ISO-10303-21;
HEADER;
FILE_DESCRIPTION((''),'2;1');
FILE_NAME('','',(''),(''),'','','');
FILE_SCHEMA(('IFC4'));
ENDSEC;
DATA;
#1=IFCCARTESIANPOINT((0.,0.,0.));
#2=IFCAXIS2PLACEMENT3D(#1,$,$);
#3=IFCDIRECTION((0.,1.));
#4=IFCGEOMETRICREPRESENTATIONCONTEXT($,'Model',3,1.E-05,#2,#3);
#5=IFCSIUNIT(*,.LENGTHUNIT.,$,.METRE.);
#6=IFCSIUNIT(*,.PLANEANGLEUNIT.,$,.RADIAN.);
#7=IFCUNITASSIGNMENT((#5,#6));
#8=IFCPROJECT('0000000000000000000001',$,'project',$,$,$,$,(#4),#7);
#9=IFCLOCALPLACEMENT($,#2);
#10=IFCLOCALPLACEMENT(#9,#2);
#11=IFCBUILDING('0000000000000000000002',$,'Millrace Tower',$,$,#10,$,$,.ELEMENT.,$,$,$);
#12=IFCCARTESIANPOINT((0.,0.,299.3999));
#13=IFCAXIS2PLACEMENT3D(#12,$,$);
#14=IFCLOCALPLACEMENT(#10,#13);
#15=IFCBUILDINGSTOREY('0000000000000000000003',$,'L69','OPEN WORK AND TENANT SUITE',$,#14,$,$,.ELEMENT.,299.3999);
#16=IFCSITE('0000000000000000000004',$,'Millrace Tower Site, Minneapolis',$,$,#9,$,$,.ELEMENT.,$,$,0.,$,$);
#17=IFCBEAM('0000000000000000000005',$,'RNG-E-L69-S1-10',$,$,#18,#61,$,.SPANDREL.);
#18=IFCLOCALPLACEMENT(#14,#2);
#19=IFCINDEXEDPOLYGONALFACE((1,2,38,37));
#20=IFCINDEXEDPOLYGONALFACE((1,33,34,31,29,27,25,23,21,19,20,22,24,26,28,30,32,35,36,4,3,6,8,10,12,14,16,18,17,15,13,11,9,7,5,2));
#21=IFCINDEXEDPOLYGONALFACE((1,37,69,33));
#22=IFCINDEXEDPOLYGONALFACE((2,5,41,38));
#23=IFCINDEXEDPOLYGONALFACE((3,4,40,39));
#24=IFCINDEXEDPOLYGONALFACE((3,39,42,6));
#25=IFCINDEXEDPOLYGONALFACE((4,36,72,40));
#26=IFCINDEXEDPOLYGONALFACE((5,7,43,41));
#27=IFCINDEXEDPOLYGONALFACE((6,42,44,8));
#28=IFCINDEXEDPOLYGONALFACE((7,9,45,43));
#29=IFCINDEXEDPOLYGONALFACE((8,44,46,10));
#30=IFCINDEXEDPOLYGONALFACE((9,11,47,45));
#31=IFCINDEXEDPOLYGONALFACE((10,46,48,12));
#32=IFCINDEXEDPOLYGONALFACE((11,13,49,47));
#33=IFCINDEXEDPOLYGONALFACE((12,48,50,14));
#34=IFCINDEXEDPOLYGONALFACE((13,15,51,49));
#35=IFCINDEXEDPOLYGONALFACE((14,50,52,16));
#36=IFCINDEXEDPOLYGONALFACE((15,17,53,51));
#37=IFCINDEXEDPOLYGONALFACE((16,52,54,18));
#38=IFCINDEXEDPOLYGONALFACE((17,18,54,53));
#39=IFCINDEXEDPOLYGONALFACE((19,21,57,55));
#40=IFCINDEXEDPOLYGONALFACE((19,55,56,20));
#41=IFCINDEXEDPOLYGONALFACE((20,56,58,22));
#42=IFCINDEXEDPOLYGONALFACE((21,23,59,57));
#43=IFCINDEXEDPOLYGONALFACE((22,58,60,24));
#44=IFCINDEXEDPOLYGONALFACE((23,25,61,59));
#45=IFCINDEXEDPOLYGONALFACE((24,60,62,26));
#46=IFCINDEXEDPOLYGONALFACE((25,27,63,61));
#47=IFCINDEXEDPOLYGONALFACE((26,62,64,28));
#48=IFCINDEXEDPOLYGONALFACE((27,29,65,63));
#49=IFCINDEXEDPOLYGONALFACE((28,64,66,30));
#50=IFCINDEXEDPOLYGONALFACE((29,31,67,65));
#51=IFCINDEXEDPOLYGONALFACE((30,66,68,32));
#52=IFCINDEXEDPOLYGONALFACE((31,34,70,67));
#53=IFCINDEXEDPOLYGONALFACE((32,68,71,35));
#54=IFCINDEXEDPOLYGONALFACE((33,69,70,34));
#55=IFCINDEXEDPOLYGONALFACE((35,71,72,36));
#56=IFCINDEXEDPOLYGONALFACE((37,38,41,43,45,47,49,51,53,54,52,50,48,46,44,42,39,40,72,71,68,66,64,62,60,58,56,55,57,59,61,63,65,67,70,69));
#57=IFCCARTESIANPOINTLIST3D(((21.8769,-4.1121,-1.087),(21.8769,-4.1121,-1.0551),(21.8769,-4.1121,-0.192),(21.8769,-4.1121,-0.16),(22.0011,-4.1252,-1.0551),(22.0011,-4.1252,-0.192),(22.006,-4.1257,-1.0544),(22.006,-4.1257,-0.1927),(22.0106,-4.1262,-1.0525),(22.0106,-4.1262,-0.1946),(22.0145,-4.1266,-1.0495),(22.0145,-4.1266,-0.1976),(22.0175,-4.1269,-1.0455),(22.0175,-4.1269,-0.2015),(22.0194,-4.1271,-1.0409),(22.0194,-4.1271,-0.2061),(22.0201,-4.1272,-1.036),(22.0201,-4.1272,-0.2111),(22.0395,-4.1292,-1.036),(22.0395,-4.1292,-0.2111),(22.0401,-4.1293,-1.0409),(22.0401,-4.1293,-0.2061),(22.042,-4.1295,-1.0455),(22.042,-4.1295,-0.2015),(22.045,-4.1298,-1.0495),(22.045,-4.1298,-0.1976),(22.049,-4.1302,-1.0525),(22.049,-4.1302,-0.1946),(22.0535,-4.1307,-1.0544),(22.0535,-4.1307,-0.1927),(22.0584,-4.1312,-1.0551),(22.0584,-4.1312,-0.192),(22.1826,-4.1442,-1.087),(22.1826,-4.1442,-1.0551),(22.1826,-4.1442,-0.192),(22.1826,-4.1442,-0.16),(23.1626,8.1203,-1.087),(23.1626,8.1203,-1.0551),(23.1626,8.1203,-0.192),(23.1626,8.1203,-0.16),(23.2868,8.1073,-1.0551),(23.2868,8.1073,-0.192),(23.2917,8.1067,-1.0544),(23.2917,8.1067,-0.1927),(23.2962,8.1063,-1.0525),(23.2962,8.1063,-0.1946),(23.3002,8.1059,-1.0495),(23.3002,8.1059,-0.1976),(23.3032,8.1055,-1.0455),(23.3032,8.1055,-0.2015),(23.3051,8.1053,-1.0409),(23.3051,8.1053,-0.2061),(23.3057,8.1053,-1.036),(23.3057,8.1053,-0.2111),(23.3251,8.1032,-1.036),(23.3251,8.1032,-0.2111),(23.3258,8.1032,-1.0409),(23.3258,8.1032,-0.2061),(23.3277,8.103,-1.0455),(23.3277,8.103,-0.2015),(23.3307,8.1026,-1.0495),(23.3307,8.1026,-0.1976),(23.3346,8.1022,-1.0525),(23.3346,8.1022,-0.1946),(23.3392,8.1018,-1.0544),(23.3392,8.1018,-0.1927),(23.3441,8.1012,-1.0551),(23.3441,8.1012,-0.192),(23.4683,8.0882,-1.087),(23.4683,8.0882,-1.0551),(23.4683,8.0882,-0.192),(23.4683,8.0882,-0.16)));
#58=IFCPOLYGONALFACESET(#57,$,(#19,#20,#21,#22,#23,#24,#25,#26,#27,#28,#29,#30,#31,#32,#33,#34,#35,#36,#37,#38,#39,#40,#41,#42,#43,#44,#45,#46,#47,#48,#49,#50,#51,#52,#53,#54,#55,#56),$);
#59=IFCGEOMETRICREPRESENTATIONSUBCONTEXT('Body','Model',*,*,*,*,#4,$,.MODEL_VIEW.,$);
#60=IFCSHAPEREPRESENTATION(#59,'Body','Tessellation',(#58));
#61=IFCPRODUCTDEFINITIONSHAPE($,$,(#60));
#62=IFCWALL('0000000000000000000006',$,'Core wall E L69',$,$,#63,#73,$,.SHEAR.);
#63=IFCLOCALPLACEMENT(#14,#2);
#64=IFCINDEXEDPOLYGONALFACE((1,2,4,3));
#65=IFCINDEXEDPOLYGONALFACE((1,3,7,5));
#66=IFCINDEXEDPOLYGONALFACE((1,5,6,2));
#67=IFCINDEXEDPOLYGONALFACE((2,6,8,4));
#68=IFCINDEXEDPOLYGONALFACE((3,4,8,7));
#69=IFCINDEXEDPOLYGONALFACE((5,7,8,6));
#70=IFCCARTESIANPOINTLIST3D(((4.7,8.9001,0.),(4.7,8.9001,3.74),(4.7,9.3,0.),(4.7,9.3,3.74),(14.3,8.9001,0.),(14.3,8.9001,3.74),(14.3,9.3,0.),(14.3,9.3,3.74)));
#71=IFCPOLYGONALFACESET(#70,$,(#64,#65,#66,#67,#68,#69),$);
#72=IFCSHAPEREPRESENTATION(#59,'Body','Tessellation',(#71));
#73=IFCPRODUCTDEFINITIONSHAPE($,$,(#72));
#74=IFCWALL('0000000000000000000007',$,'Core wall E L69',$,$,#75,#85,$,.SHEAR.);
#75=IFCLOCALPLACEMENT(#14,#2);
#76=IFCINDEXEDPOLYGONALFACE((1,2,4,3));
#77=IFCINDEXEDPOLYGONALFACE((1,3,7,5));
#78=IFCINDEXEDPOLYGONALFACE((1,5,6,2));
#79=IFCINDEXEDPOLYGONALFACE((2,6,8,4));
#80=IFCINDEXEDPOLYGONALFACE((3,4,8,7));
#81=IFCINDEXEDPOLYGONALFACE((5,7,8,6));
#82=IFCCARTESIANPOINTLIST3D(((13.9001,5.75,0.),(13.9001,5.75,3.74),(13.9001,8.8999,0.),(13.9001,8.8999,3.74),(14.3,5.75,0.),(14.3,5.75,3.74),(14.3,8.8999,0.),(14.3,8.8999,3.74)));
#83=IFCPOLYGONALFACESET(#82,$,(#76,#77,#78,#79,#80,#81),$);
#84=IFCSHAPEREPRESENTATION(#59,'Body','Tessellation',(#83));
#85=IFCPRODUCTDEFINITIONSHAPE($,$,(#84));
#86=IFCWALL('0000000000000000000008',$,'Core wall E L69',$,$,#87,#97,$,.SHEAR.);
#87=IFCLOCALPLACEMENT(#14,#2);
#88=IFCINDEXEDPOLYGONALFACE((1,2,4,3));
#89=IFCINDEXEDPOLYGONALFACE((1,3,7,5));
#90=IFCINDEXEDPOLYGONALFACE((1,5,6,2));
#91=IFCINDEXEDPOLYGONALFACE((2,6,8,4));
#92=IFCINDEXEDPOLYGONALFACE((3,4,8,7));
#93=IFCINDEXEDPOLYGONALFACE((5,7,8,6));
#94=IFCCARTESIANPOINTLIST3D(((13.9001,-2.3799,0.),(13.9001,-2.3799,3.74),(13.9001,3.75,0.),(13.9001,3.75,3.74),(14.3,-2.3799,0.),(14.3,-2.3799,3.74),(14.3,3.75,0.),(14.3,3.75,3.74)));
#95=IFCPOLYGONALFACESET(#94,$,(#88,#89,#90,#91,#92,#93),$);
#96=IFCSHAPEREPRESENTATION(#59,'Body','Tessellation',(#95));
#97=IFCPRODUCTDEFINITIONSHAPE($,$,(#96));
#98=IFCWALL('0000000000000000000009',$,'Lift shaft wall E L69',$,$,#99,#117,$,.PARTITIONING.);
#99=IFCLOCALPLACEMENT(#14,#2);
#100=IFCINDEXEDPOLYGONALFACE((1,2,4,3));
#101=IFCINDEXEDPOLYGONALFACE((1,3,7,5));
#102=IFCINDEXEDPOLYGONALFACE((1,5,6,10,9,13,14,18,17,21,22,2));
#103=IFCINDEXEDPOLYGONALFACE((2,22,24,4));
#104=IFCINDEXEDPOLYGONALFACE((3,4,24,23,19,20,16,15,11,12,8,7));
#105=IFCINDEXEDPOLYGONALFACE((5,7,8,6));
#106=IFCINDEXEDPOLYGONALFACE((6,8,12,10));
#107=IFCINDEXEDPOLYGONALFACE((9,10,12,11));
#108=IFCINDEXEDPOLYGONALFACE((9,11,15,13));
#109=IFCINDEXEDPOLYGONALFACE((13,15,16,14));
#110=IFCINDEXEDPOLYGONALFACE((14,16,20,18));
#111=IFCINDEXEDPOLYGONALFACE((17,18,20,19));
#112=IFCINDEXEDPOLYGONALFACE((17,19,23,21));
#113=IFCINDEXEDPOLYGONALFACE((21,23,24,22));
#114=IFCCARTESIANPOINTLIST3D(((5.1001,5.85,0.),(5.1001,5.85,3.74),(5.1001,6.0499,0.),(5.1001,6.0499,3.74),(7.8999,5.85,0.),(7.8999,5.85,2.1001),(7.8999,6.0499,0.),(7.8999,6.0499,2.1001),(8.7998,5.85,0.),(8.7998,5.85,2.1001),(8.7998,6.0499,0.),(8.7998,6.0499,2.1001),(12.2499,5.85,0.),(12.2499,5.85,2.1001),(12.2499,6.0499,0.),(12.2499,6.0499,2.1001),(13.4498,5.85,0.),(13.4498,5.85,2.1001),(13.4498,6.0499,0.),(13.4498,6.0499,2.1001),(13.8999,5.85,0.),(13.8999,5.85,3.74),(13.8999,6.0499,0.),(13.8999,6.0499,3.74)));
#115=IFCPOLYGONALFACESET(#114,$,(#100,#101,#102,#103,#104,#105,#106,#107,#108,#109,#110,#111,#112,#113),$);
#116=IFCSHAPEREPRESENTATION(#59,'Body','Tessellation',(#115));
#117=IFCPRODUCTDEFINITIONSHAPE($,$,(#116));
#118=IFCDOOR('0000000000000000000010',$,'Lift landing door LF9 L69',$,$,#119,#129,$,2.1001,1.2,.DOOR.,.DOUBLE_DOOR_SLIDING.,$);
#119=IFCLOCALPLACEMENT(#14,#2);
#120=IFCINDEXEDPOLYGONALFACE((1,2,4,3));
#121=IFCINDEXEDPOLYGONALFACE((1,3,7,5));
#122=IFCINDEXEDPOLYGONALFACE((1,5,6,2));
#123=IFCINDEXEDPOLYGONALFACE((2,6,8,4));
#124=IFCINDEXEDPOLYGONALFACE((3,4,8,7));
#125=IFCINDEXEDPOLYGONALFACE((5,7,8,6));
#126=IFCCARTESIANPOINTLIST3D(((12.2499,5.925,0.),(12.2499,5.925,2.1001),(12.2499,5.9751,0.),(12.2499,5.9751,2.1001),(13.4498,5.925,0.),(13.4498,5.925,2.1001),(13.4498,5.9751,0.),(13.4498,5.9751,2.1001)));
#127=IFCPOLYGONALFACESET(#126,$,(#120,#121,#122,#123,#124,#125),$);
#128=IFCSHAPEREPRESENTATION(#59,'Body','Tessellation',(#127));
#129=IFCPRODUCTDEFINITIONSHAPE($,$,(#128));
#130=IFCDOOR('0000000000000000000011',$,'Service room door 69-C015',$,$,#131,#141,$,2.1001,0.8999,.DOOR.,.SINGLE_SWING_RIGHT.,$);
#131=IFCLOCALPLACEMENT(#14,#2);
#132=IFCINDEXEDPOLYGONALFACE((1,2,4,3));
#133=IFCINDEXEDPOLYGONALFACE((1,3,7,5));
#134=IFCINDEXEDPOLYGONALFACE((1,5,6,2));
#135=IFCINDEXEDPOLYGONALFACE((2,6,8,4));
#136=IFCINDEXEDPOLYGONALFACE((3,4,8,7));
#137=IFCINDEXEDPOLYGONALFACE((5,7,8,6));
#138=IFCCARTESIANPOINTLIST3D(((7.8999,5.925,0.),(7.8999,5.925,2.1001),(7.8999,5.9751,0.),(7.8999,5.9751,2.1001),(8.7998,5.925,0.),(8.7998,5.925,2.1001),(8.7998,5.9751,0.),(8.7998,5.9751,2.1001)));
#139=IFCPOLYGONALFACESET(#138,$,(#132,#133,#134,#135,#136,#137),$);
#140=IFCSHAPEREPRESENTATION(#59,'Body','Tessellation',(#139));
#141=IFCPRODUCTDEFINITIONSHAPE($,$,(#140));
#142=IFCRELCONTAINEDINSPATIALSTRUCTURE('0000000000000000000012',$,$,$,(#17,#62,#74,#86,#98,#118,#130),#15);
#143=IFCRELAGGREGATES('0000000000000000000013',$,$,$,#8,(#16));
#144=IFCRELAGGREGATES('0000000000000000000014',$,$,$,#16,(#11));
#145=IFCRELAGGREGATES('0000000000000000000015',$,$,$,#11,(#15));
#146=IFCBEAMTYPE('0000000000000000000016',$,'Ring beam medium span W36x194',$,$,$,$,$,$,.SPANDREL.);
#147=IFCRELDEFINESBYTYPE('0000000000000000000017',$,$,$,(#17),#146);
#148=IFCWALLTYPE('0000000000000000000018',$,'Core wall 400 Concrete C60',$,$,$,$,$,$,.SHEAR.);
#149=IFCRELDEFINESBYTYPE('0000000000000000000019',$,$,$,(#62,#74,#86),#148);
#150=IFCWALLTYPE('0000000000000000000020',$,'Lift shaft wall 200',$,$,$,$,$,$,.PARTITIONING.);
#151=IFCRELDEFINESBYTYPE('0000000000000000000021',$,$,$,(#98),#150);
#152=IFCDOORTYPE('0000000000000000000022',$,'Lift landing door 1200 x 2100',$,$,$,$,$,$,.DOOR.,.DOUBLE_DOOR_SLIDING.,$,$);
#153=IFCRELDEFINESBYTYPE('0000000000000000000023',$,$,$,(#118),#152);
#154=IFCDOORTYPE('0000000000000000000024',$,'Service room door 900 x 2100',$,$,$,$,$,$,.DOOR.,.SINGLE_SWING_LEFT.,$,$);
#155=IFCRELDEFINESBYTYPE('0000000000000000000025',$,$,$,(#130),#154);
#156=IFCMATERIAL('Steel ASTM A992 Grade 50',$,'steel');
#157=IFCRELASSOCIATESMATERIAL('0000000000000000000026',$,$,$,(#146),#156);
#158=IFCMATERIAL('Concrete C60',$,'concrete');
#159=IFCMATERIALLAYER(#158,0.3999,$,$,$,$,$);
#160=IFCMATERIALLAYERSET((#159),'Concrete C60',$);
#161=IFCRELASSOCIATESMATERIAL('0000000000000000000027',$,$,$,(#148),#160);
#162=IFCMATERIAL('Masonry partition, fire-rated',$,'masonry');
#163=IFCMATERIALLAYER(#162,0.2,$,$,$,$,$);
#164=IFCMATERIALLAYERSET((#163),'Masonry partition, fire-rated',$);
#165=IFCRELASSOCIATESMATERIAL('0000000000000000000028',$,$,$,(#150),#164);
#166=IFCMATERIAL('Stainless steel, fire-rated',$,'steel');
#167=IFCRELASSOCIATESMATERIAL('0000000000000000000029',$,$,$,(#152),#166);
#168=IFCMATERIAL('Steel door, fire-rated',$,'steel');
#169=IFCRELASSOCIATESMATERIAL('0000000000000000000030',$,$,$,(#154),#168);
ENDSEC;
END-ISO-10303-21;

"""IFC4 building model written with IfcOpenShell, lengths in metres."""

from ifc_helpers import new_model, si_unit, direction, frame, frame_2d, origin, origin_2d, place, context, subcontext, project, spatial, rectangle, i_section, extrude, material, layer, layer_set, material_profile, profile_set, type_object, element, fill, save


model = new_model("IFC4")

# Units and contexts
model_context = context("Model", 3, precision=1e-05, world=origin(), true_north=direction((0.0, 1.0)))
body_context = subcontext(model_context, "Body", "Model", "MODEL_VIEW")
ifc_project = project(units=[si_unit("LENGTHUNIT", "METRE"), si_unit("PLANEANGLEUNIT", "RADIAN")], contexts=[model_context])

# Site, building, storey
site_placement = place(None, origin())
site = spatial("IfcSite", under=ifc_project, at=site_placement, Name="Millrace Tower Site, Minneapolis", CompositionType="ELEMENT", RefElevation=0.0)
building_placement = place(site_placement, origin())
building = spatial("IfcBuilding", under=site, at=building_placement, Name="Millrace Tower", CompositionType="ELEMENT")
storey_placement = place(building_placement, frame((0.0, 0.0, 299.3999)))
storey = spatial("IfcBuildingStorey", under=building, at=storey_placement, Name="L69", Description="OPEN WORK AND TENANT SUITE", CompositionType="ELEMENT", Elevation=299.3999)

# Beam
ifc_material_1 = material(Name="Steel ASTM A992 Grade 50", Category="steel")
ifc_material_profile_1 = material_profile(ifc_material_1, i_section(OverallWidth=0.3074, OverallDepth=0.927, WebThickness=0.0195, FlangeThickness=0.032, FilletRadius=0.019, at=origin_2d()))
ifc_profile_set_1 = profile_set([ifc_material_profile_1], Name="Steel ASTM A992 Grade 50")
beam_type_1 = type_object("IfcBeamType", Name="Ring beam medium span W36x194", PredefinedType="SPANDREL", material=ifc_profile_set_1)
beam_1_placement = place(storey_placement, frame((23.3154, 8.1042, -0.6235), z_axis=(-0.104526, -0.994522, 0.0), x_axis=(0.994522, -0.104526, 0.0)))
element("IfcBeam", 1, at=beam_1_placement, inside=storey, type_object=beam_type_1, Name="RNG-E-L69-S1-10", PredefinedType="SPANDREL", context=body_context, shape_type="SweptSolid", body=[
    extrude(i_section(OverallWidth=0.3074, OverallDepth=0.927, WebThickness=0.0195, FlangeThickness=0.032, FilletRadius=0.019, at=origin_2d()), origin(), (0.0, 0.0, 1.0), 12.2998),
])

# Walls
ifc_material_2 = material(Name="Concrete C60", Category="concrete")
ifc_layer_1 = layer(ifc_material_2, 0.3999)
ifc_layer_set_1 = layer_set([ifc_layer_1], Name="Concrete C60")
wall_type_1 = type_object("IfcWallType", Name="Core wall 400 Concrete C60", PredefinedType="SHEAR", material=ifc_layer_set_1)
wall_1_placement = place(storey_placement, frame((14.3, 9.1001, 0.0), z_axis=(0.0, 0.0, 1.0), x_axis=(-1.0, 0.0, 0.0)))
element("IfcWall", 2, at=wall_1_placement, inside=storey, type_object=wall_type_1, Name="Core wall E L69", PredefinedType="SHEAR", context=body_context, shape_type="SweptSolid", body=[
    extrude(rectangle(XDim=9.6001, YDim=0.3999, at=frame_2d((4.8, 0.0))), origin(), (0.0, 0.0, 1.0), 3.74),
])
wall_2_placement = place(storey_placement, frame((14.1001, 8.8999, 0.0), z_axis=(0.0, 0.0, 1.0), x_axis=(0.0, -1.0, 0.0)))
element("IfcWall", 3, at=wall_2_placement, inside=storey, type_object=wall_type_1, Name="Core wall E L69", PredefinedType="SHEAR", context=body_context, shape_type="SweptSolid", body=[
    extrude(rectangle(XDim=3.1499, YDim=0.3999, at=frame_2d((1.575, 0.0))), origin(), (0.0, 0.0, 1.0), 3.74),
])
wall_3_placement = place(storey_placement, frame((14.1001, 3.75, 0.0), z_axis=(0.0, 0.0, 1.0), x_axis=(0.0, -1.0, 0.0)))
element("IfcWall", 4, at=wall_3_placement, inside=storey, type_object=wall_type_1, Name="Core wall E L69", PredefinedType="SHEAR", context=body_context, shape_type="SweptSolid", body=[
    extrude(rectangle(XDim=6.1299, YDim=0.3999, at=frame_2d((3.0649, 0.0))), origin(), (0.0, 0.0, 1.0), 3.74),
])

# Wall, openings, doors
ifc_material_3 = material(Name="Masonry partition, fire-rated", Category="masonry")
ifc_layer_2 = layer(ifc_material_3, 0.2)
ifc_layer_set_2 = layer_set([ifc_layer_2], Name="Masonry partition, fire-rated")
wall_type_2 = type_object("IfcWallType", Name="Lift shaft wall 200", PredefinedType="PARTITIONING", material=ifc_layer_set_2)
wall_4_placement = place(storey_placement, frame((13.8999, 5.95, 0.0), z_axis=(0.0, 0.0, 1.0), x_axis=(-1.0, 0.0, 0.0)))
wall_4 = element("IfcWall", 5, at=wall_4_placement, inside=storey, type_object=wall_type_2, Name="Lift shaft wall E L69", PredefinedType="PARTITIONING", context=body_context, shape_type="SweptSolid", body=[
    extrude(rectangle(XDim=8.7998, YDim=0.2, at=frame_2d((4.3999, 0.0))), origin(), (0.0, 0.0, 1.0), 3.74),
])
opening_1_placement = place(wall_4_placement, frame((0.45, 0.0, 0.0)))
opening_1 = element("IfcOpeningElement", 6, at=opening_1_placement, cuts=wall_4, PredefinedType="OPENING", context=body_context, shape_type="SweptSolid", body=[
    extrude(rectangle(XDim=1.2, YDim=2.1001, at=frame_2d((0.6001, 1.05))), frame((0.0, 0.1099, 0.0), z_axis=(0.0, -1.0, 0.0), x_axis=(1.0, 0.0, 0.0)), (0.0, 0.0, 1.0), 0.22),
])
opening_2_placement = place(wall_4_placement, frame((5.1001, 0.0, 0.0)))
opening_2 = element("IfcOpeningElement", 7, at=opening_2_placement, cuts=wall_4, PredefinedType="OPENING", context=body_context, shape_type="SweptSolid", body=[
    extrude(rectangle(XDim=0.8999, YDim=2.1001, at=frame_2d((0.45, 1.05))), frame((0.0, 0.1099, 0.0), z_axis=(0.0, -1.0, 0.0), x_axis=(1.0, 0.0, 0.0)), (0.0, 0.0, 1.0), 0.22),
])
ifc_material_4 = material(Name="Stainless steel, fire-rated", Category="steel")
door_type_1 = type_object("IfcDoorType", Name="Lift landing door 1200 x 2100", OperationType="DOUBLE_DOOR_SLIDING", PredefinedType="DOOR", material=ifc_material_4)
door_1_placement = place(opening_1_placement, origin())
door_1 = element("IfcDoor", 8, at=door_1_placement, inside=storey, type_object=door_type_1, Name="Lift landing door LF9 L69", OperationType="DOUBLE_DOOR_SLIDING", OverallHeight=2.1001, OverallWidth=1.2, PredefinedType="DOOR", context=body_context, shape_type="SweptSolid", body=[
    extrude(rectangle(XDim=1.2, YDim=2.1001, at=frame_2d((0.6001, 1.05))), frame((0.0, 0.0249, 0.0), z_axis=(0.0, -1.0, 0.0), x_axis=(1.0, 0.0, 0.0)), (0.0, 0.0, 1.0), 0.05),
])
fill(opening_1, door_1)
ifc_material_5 = material(Name="Steel door, fire-rated", Category="steel")
door_type_2 = type_object("IfcDoorType", Name="Service room door 900 x 2100", OperationType="SINGLE_SWING_LEFT", PredefinedType="DOOR", material=ifc_material_5)
door_2_placement = place(opening_2_placement, origin())
door_2 = element("IfcDoor", 9, at=door_2_placement, inside=storey, type_object=door_type_2, Name="Service room door 69-C015", OperationType="SINGLE_SWING_RIGHT", OverallHeight=2.1001, OverallWidth=0.8999, PredefinedType="DOOR", context=body_context, shape_type="SweptSolid", body=[
    extrude(rectangle(XDim=0.8999, YDim=2.1001, at=frame_2d((0.45, 1.05))), frame((0.0, 0.0249, 0.0), z_axis=(0.0, -1.0, 0.0), x_axis=(1.0, 0.0, 0.0)), (0.0, 0.0, 1.0), 0.05),
])
fill(opening_2, door_2)

save(model, "model.ifc")
